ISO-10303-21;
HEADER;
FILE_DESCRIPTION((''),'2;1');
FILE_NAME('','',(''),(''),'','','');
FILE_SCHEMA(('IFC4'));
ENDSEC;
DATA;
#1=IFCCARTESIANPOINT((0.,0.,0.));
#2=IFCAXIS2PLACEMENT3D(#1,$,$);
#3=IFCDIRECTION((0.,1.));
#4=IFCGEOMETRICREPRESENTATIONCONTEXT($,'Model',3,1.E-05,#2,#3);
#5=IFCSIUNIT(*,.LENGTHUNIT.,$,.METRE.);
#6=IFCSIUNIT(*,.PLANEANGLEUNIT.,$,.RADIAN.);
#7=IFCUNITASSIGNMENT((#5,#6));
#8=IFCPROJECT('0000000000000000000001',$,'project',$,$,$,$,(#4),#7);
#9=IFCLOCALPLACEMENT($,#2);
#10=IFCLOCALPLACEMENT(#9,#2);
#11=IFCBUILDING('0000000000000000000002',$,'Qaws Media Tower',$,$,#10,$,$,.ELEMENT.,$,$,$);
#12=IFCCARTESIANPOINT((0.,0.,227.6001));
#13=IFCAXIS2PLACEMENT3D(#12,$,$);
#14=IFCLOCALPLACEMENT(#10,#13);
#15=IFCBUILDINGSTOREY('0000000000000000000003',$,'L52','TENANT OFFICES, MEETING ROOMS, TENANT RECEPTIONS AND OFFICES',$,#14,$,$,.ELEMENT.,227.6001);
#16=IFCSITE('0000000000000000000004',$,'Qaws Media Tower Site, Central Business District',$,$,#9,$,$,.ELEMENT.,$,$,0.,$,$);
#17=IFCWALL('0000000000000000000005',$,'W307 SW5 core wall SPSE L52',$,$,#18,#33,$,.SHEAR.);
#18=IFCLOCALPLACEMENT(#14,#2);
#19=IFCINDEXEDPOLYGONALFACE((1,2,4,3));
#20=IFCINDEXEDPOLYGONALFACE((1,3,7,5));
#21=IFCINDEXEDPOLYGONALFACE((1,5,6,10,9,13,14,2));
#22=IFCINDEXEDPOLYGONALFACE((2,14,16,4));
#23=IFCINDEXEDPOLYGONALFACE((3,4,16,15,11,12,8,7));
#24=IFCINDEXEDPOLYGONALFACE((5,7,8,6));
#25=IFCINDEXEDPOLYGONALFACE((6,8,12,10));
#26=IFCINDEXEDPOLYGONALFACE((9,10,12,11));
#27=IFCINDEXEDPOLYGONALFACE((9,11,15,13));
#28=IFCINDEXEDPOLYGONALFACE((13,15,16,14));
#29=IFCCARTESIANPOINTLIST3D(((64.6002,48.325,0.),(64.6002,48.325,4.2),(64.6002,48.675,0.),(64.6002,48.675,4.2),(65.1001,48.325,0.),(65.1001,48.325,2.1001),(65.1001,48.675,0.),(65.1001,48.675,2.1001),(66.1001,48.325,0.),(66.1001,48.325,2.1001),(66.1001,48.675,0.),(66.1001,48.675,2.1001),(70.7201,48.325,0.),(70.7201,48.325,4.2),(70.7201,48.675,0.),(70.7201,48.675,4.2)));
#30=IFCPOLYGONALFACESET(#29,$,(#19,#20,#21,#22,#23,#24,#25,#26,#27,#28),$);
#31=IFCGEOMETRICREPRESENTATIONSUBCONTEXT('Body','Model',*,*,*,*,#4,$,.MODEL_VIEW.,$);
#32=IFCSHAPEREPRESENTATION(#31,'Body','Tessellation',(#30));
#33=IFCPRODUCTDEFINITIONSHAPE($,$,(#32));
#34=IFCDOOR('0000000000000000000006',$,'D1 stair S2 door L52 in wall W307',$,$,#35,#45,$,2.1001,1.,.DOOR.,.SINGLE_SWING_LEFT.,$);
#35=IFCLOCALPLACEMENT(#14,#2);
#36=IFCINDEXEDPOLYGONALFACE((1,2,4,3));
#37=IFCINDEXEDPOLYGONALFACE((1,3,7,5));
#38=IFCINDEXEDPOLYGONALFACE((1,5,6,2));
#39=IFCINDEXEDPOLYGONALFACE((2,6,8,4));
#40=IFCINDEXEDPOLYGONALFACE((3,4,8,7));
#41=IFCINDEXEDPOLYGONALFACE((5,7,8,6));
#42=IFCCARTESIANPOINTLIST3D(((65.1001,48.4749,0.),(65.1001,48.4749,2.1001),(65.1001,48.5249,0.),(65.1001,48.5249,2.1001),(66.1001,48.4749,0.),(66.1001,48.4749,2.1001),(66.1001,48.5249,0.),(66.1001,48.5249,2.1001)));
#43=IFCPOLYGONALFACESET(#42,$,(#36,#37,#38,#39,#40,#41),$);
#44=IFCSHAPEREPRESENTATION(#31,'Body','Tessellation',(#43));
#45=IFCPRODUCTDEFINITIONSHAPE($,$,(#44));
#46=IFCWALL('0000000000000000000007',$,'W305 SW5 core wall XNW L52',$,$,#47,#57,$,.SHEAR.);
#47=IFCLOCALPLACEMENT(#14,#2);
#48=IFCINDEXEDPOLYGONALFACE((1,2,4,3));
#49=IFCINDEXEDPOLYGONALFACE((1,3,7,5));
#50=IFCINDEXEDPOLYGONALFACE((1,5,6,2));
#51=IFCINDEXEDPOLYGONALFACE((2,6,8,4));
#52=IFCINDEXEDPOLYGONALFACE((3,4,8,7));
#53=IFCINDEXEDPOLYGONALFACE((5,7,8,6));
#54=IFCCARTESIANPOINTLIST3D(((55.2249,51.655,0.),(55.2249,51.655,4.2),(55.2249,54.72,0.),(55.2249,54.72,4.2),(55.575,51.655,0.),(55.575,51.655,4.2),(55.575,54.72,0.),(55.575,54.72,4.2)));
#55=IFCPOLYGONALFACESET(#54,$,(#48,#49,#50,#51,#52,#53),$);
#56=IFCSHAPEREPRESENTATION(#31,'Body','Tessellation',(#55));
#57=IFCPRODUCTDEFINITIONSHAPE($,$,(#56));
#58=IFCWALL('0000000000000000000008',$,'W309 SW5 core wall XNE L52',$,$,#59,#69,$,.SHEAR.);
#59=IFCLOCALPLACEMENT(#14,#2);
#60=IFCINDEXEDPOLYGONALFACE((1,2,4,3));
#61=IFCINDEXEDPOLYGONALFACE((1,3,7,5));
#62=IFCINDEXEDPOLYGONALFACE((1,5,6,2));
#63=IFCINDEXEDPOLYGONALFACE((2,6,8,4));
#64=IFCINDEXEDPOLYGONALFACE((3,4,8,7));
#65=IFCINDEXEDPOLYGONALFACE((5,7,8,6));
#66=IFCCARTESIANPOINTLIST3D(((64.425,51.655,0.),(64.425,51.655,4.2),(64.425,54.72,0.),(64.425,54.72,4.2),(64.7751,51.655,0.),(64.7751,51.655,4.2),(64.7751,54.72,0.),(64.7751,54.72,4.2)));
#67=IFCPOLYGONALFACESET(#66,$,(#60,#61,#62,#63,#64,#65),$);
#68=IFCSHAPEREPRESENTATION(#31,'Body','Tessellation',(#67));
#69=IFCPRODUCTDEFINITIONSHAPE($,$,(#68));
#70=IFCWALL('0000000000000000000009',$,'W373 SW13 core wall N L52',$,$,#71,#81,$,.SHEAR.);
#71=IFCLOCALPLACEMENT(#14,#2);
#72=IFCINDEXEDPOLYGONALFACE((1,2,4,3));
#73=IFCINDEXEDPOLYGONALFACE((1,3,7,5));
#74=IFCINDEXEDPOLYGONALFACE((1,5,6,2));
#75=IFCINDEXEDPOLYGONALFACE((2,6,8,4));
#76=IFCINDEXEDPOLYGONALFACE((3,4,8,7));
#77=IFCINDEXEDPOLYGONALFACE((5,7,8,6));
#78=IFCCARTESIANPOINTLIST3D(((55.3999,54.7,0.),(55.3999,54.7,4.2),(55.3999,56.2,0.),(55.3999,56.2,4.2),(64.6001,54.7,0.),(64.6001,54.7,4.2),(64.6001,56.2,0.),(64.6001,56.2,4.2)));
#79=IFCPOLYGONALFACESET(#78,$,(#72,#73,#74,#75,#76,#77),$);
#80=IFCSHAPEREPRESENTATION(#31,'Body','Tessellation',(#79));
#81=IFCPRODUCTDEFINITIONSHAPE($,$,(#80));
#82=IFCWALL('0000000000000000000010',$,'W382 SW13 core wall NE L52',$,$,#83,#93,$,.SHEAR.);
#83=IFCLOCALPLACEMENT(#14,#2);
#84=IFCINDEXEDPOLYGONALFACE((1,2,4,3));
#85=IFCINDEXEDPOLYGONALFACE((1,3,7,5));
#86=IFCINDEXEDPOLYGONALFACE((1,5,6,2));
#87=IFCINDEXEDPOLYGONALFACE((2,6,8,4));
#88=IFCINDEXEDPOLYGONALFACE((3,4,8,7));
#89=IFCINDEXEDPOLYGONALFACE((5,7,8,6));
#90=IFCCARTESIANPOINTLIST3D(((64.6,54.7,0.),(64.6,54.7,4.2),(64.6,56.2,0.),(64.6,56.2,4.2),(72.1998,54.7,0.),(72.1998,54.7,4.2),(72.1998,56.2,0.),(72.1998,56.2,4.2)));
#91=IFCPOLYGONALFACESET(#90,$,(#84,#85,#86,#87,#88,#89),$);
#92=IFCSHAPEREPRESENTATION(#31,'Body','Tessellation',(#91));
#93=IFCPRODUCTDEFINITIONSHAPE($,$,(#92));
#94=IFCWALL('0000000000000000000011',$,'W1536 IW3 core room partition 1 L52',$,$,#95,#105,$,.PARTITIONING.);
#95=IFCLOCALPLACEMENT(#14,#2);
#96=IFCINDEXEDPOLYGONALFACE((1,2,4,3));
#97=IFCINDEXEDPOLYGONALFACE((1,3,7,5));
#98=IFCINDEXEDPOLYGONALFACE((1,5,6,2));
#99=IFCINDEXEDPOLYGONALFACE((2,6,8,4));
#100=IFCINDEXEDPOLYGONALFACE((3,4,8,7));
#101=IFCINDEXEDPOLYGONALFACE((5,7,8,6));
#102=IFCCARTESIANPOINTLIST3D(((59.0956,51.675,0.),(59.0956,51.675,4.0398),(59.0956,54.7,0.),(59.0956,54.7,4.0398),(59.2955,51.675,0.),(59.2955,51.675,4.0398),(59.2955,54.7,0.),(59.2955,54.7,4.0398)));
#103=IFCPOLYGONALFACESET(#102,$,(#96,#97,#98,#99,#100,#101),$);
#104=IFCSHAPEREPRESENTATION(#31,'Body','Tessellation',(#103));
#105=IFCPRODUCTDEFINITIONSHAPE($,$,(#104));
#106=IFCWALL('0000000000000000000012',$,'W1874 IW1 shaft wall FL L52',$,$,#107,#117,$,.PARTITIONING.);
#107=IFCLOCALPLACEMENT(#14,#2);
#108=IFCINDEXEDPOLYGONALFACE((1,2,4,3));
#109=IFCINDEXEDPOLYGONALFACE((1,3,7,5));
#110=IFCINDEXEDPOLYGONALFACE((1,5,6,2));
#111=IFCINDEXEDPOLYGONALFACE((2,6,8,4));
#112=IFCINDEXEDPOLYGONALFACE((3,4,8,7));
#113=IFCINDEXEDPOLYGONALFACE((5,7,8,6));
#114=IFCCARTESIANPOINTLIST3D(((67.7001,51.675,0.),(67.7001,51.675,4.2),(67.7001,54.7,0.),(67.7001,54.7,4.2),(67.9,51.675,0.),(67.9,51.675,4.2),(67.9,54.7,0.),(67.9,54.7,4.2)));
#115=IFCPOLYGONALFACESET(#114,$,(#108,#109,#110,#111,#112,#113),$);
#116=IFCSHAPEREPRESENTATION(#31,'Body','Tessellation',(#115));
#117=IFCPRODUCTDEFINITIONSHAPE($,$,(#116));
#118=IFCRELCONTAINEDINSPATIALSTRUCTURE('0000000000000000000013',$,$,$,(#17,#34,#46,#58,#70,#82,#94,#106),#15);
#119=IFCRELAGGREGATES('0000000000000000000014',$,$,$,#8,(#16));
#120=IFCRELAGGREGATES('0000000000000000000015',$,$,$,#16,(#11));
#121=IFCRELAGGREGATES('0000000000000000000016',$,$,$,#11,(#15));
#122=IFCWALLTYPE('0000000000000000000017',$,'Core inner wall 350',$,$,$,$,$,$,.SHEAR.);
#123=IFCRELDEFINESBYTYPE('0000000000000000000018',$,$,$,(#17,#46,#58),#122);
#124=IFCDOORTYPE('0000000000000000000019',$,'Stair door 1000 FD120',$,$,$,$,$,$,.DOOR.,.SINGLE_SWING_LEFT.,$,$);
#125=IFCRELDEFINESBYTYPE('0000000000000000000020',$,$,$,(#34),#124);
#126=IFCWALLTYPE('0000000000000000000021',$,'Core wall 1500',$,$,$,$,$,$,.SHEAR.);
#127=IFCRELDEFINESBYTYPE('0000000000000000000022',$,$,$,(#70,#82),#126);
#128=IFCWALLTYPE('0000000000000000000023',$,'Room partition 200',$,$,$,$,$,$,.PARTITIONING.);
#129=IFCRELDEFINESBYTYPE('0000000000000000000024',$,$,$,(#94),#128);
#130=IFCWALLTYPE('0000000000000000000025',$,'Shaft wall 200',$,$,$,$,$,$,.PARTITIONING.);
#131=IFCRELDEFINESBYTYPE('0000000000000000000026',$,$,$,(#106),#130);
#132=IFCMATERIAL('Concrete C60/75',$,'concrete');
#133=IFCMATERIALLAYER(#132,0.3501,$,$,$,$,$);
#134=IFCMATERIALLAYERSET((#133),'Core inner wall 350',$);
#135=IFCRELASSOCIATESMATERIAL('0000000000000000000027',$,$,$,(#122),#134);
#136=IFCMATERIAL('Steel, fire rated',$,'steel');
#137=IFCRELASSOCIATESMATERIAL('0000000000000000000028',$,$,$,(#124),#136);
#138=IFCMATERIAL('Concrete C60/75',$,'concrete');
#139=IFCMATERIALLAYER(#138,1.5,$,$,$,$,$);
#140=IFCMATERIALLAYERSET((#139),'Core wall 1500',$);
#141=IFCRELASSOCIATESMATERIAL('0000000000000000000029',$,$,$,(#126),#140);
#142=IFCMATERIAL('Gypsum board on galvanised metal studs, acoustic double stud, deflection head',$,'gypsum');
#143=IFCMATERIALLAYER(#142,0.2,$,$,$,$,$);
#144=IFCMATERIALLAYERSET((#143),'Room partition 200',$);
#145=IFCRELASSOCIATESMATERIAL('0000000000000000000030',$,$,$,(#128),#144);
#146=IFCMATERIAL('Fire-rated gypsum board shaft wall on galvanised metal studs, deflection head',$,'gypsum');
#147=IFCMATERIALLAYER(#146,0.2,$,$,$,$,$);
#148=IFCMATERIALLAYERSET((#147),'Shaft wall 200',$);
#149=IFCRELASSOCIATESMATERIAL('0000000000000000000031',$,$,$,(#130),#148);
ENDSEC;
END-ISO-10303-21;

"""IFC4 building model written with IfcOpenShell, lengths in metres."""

from ifc_helpers import new_model, si_unit, direction, frame, frame_2d, origin, place, context, subcontext, project, spatial, rectangle, extrude, material, layer, layer_set, type_object, element, fill, save


model = new_model("IFC4")

# Units and contexts
model_context = context("Model", 3, precision=1e-05, world=origin(), true_north=direction((0.0, 1.0)))
body_context = subcontext(model_context, "Body", "Model", "MODEL_VIEW")
ifc_project = project(units=[si_unit("LENGTHUNIT", "METRE"), si_unit("PLANEANGLEUNIT", "RADIAN")], contexts=[model_context])

# Site, building, storey
site_placement = place(None, origin())
site = spatial("IfcSite", under=ifc_project, at=site_placement, Name="Qaws Media Tower Site, Central Business District", CompositionType="ELEMENT", RefElevation=0.0)
building_placement = place(site_placement, origin())
building = spatial("IfcBuilding", under=site, at=building_placement, Name="Qaws Media Tower", CompositionType="ELEMENT")
storey_placement = place(building_placement, frame((0.0, 0.0, 227.6001)))
storey = spatial("IfcBuildingStorey", under=building, at=storey_placement, Name="L52", Description="TENANT OFFICES, MEETING ROOMS, TENANT RECEPTIONS AND OFFICES", CompositionType="ELEMENT", Elevation=227.6001)

# Shared definitions
ifc_material_1 = material(Name="Concrete C60/75", Category="concrete")
ifc_layer_1 = layer(ifc_material_1, 0.3501)
ifc_layer_set_1 = layer_set([ifc_layer_1], Name="Core inner wall 350")
wall_type_1 = type_object("IfcWallType", Name="Core inner wall 350", PredefinedType="SHEAR", material=ifc_layer_set_1)

# Wall, opening, door
wall_1_placement = place(storey_placement, frame((64.6001, 48.5, 0.0), z_axis=(0.0, 0.0, 1.0), x_axis=(1.0, 0.0, 0.0)))
wall_1 = element("IfcWall", 1, at=wall_1_placement, inside=storey, type_object=wall_type_1, Name="W307 SW5 core wall SPSE L52", PredefinedType="SHEAR", context=body_context, shape_type="SweptSolid", body=[
    extrude(rectangle(XDim=6.1199, YDim=0.3501, at=frame_2d((3.0601, 0.0))), origin(), (0.0, 0.0, 1.0), 4.2),
])
opening_1_placement = place(wall_1_placement, frame((0.5, 0.0, 0.0)))
opening_1 = element("IfcOpeningElement", 2, at=opening_1_placement, cuts=wall_1, PredefinedType="OPENING", context=body_context, shape_type="SweptSolid", body=[
    extrude(rectangle(XDim=1.0, YDim=2.1001, at=frame_2d((0.5, 1.05))), frame((0.0, 0.1851, 0.0), z_axis=(0.0, -1.0, 0.0), x_axis=(1.0, 0.0, 0.0)), (0.0, 0.0, 1.0), 0.3701),
])
ifc_material_2 = material(Name="Steel, fire rated", Category="steel")
door_type_1 = type_object("IfcDoorType", Name="Stair door 1000 FD120", OperationType="SINGLE_SWING_LEFT", PredefinedType="DOOR", material=ifc_material_2)
door_1_placement = place(opening_1_placement, origin())
door_1 = element("IfcDoor", 3, at=door_1_placement, inside=storey, type_object=door_type_1, Name="D1 stair S2 door L52 in wall W307", OperationType="SINGLE_SWING_LEFT", OverallHeight=2.1001, OverallWidth=1.0, PredefinedType="DOOR", context=body_context, shape_type="SweptSolid", body=[
    extrude(rectangle(XDim=1.0, YDim=2.1001, at=frame_2d((0.5, 1.05))), frame((0.0, 0.0249, 0.0), z_axis=(0.0, -1.0, 0.0), x_axis=(1.0, 0.0, 0.0)), (0.0, 0.0, 1.0), 0.05),
])
fill(opening_1, door_1)

# Walls
for number, where, z_axis, x_axis, name in (
    (4, (55.3999, 51.655, 0.0), (0.0, 0.0, 1.0), (0.0, 1.0, 0.0), "W305 SW5 core wall XNW L52"),
    (5, (64.6001, 51.655, 0.0), (0.0, 0.0, 1.0), (0.0, 1.0, 0.0), "W309 SW5 core wall XNE L52"),
):
    element("IfcWall", number, at=place(storey_placement, frame(where, z_axis=z_axis, x_axis=x_axis)), inside=storey, type_object=wall_type_1, Name=name, PredefinedType="SHEAR", context=body_context, shape_type="SweptSolid", body=[
        extrude(rectangle(XDim=3.0649, YDim=0.3501, at=frame_2d((1.5325, 0.0))), origin(), (0.0, 0.0, 1.0), 4.2),
    ])
ifc_material_3 = material(Name="Concrete C60/75", Category="concrete")
ifc_layer_2 = layer(ifc_material_3, 1.5)
ifc_layer_set_2 = layer_set([ifc_layer_2], Name="Core wall 1500")
wall_type_2 = type_object("IfcWallType", Name="Core wall 1500", PredefinedType="SHEAR", material=ifc_layer_set_2)
wall_2_placement = place(storey_placement, frame((55.3999, 55.45, 0.0), z_axis=(0.0, 0.0, 1.0), x_axis=(1.0, 0.0, 0.0)))
element("IfcWall", 6, at=wall_2_placement, inside=storey, type_object=wall_type_2, Name="W373 SW13 core wall N L52", PredefinedType="SHEAR", context=body_context, shape_type="SweptSolid", body=[
    extrude(rectangle(XDim=9.2002, YDim=1.5, at=frame_2d((4.6001, 0.0))), origin(), (0.0, 0.0, 1.0), 4.2),
])
wall_3_placement = place(storey_placement, frame((64.6001, 55.45, 0.0), z_axis=(0.0, 0.0, 1.0), x_axis=(1.0, 0.0, 0.0)))
element("IfcWall", 7, at=wall_3_placement, inside=storey, type_object=wall_type_2, Name="W382 SW13 core wall NE L52", PredefinedType="SHEAR", context=body_context, shape_type="SweptSolid", body=[
    extrude(rectangle(XDim=7.5999, YDim=1.5, at=frame_2d((3.7998, 0.0))), origin(), (0.0, 0.0, 1.0), 4.2),
])
ifc_material_4 = material(Name="Gypsum board on galvanised metal studs, acoustic double stud, deflection head", Category="gypsum")
ifc_layer_3 = layer(ifc_material_4, 0.2)
ifc_layer_set_3 = layer_set([ifc_layer_3], Name="Room partition 200")
wall_type_3 = type_object("IfcWallType", Name="Room partition 200", PredefinedType="PARTITIONING", material=ifc_layer_set_3)
wall_4_placement = place(storey_placement, frame((59.1956, 51.675, 0.0), z_axis=(0.0, 0.0, 1.0), x_axis=(0.0, 1.0, 0.0)))
element("IfcWall", 8, at=wall_4_placement, inside=storey, type_object=wall_type_3, Name="W1536 IW3 core room partition 1 L52", PredefinedType="PARTITIONING", context=body_context, shape_type="SweptSolid", body=[
    extrude(rectangle(XDim=3.0249, YDim=0.2, at=frame_2d((1.5125, 0.0))), origin(), (0.0, 0.0, 1.0), 4.0398),
])
ifc_material_5 = material(Name="Fire-rated gypsum board shaft wall on galvanised metal studs, deflection head", Category="gypsum")
ifc_layer_4 = layer(ifc_material_5, 0.2)
ifc_layer_set_4 = layer_set([ifc_layer_4], Name="Shaft wall 200")
wall_type_4 = type_object("IfcWallType", Name="Shaft wall 200", PredefinedType="PARTITIONING", material=ifc_layer_set_4)
wall_5_placement = place(storey_placement, frame((67.8, 51.675, 0.0), z_axis=(0.0, 0.0, 1.0), x_axis=(0.0, 1.0, 0.0)))
element("IfcWall", 9, at=wall_5_placement, inside=storey, type_object=wall_type_4, Name="W1874 IW1 shaft wall FL L52", PredefinedType="PARTITIONING", context=body_context, shape_type="SweptSolid", body=[
    extrude(rectangle(XDim=3.0249, YDim=0.2, at=frame_2d((1.5125, 0.0))), origin(), (0.0, 0.0, 1.0), 4.2),
])

save(model, "model.ifc")
